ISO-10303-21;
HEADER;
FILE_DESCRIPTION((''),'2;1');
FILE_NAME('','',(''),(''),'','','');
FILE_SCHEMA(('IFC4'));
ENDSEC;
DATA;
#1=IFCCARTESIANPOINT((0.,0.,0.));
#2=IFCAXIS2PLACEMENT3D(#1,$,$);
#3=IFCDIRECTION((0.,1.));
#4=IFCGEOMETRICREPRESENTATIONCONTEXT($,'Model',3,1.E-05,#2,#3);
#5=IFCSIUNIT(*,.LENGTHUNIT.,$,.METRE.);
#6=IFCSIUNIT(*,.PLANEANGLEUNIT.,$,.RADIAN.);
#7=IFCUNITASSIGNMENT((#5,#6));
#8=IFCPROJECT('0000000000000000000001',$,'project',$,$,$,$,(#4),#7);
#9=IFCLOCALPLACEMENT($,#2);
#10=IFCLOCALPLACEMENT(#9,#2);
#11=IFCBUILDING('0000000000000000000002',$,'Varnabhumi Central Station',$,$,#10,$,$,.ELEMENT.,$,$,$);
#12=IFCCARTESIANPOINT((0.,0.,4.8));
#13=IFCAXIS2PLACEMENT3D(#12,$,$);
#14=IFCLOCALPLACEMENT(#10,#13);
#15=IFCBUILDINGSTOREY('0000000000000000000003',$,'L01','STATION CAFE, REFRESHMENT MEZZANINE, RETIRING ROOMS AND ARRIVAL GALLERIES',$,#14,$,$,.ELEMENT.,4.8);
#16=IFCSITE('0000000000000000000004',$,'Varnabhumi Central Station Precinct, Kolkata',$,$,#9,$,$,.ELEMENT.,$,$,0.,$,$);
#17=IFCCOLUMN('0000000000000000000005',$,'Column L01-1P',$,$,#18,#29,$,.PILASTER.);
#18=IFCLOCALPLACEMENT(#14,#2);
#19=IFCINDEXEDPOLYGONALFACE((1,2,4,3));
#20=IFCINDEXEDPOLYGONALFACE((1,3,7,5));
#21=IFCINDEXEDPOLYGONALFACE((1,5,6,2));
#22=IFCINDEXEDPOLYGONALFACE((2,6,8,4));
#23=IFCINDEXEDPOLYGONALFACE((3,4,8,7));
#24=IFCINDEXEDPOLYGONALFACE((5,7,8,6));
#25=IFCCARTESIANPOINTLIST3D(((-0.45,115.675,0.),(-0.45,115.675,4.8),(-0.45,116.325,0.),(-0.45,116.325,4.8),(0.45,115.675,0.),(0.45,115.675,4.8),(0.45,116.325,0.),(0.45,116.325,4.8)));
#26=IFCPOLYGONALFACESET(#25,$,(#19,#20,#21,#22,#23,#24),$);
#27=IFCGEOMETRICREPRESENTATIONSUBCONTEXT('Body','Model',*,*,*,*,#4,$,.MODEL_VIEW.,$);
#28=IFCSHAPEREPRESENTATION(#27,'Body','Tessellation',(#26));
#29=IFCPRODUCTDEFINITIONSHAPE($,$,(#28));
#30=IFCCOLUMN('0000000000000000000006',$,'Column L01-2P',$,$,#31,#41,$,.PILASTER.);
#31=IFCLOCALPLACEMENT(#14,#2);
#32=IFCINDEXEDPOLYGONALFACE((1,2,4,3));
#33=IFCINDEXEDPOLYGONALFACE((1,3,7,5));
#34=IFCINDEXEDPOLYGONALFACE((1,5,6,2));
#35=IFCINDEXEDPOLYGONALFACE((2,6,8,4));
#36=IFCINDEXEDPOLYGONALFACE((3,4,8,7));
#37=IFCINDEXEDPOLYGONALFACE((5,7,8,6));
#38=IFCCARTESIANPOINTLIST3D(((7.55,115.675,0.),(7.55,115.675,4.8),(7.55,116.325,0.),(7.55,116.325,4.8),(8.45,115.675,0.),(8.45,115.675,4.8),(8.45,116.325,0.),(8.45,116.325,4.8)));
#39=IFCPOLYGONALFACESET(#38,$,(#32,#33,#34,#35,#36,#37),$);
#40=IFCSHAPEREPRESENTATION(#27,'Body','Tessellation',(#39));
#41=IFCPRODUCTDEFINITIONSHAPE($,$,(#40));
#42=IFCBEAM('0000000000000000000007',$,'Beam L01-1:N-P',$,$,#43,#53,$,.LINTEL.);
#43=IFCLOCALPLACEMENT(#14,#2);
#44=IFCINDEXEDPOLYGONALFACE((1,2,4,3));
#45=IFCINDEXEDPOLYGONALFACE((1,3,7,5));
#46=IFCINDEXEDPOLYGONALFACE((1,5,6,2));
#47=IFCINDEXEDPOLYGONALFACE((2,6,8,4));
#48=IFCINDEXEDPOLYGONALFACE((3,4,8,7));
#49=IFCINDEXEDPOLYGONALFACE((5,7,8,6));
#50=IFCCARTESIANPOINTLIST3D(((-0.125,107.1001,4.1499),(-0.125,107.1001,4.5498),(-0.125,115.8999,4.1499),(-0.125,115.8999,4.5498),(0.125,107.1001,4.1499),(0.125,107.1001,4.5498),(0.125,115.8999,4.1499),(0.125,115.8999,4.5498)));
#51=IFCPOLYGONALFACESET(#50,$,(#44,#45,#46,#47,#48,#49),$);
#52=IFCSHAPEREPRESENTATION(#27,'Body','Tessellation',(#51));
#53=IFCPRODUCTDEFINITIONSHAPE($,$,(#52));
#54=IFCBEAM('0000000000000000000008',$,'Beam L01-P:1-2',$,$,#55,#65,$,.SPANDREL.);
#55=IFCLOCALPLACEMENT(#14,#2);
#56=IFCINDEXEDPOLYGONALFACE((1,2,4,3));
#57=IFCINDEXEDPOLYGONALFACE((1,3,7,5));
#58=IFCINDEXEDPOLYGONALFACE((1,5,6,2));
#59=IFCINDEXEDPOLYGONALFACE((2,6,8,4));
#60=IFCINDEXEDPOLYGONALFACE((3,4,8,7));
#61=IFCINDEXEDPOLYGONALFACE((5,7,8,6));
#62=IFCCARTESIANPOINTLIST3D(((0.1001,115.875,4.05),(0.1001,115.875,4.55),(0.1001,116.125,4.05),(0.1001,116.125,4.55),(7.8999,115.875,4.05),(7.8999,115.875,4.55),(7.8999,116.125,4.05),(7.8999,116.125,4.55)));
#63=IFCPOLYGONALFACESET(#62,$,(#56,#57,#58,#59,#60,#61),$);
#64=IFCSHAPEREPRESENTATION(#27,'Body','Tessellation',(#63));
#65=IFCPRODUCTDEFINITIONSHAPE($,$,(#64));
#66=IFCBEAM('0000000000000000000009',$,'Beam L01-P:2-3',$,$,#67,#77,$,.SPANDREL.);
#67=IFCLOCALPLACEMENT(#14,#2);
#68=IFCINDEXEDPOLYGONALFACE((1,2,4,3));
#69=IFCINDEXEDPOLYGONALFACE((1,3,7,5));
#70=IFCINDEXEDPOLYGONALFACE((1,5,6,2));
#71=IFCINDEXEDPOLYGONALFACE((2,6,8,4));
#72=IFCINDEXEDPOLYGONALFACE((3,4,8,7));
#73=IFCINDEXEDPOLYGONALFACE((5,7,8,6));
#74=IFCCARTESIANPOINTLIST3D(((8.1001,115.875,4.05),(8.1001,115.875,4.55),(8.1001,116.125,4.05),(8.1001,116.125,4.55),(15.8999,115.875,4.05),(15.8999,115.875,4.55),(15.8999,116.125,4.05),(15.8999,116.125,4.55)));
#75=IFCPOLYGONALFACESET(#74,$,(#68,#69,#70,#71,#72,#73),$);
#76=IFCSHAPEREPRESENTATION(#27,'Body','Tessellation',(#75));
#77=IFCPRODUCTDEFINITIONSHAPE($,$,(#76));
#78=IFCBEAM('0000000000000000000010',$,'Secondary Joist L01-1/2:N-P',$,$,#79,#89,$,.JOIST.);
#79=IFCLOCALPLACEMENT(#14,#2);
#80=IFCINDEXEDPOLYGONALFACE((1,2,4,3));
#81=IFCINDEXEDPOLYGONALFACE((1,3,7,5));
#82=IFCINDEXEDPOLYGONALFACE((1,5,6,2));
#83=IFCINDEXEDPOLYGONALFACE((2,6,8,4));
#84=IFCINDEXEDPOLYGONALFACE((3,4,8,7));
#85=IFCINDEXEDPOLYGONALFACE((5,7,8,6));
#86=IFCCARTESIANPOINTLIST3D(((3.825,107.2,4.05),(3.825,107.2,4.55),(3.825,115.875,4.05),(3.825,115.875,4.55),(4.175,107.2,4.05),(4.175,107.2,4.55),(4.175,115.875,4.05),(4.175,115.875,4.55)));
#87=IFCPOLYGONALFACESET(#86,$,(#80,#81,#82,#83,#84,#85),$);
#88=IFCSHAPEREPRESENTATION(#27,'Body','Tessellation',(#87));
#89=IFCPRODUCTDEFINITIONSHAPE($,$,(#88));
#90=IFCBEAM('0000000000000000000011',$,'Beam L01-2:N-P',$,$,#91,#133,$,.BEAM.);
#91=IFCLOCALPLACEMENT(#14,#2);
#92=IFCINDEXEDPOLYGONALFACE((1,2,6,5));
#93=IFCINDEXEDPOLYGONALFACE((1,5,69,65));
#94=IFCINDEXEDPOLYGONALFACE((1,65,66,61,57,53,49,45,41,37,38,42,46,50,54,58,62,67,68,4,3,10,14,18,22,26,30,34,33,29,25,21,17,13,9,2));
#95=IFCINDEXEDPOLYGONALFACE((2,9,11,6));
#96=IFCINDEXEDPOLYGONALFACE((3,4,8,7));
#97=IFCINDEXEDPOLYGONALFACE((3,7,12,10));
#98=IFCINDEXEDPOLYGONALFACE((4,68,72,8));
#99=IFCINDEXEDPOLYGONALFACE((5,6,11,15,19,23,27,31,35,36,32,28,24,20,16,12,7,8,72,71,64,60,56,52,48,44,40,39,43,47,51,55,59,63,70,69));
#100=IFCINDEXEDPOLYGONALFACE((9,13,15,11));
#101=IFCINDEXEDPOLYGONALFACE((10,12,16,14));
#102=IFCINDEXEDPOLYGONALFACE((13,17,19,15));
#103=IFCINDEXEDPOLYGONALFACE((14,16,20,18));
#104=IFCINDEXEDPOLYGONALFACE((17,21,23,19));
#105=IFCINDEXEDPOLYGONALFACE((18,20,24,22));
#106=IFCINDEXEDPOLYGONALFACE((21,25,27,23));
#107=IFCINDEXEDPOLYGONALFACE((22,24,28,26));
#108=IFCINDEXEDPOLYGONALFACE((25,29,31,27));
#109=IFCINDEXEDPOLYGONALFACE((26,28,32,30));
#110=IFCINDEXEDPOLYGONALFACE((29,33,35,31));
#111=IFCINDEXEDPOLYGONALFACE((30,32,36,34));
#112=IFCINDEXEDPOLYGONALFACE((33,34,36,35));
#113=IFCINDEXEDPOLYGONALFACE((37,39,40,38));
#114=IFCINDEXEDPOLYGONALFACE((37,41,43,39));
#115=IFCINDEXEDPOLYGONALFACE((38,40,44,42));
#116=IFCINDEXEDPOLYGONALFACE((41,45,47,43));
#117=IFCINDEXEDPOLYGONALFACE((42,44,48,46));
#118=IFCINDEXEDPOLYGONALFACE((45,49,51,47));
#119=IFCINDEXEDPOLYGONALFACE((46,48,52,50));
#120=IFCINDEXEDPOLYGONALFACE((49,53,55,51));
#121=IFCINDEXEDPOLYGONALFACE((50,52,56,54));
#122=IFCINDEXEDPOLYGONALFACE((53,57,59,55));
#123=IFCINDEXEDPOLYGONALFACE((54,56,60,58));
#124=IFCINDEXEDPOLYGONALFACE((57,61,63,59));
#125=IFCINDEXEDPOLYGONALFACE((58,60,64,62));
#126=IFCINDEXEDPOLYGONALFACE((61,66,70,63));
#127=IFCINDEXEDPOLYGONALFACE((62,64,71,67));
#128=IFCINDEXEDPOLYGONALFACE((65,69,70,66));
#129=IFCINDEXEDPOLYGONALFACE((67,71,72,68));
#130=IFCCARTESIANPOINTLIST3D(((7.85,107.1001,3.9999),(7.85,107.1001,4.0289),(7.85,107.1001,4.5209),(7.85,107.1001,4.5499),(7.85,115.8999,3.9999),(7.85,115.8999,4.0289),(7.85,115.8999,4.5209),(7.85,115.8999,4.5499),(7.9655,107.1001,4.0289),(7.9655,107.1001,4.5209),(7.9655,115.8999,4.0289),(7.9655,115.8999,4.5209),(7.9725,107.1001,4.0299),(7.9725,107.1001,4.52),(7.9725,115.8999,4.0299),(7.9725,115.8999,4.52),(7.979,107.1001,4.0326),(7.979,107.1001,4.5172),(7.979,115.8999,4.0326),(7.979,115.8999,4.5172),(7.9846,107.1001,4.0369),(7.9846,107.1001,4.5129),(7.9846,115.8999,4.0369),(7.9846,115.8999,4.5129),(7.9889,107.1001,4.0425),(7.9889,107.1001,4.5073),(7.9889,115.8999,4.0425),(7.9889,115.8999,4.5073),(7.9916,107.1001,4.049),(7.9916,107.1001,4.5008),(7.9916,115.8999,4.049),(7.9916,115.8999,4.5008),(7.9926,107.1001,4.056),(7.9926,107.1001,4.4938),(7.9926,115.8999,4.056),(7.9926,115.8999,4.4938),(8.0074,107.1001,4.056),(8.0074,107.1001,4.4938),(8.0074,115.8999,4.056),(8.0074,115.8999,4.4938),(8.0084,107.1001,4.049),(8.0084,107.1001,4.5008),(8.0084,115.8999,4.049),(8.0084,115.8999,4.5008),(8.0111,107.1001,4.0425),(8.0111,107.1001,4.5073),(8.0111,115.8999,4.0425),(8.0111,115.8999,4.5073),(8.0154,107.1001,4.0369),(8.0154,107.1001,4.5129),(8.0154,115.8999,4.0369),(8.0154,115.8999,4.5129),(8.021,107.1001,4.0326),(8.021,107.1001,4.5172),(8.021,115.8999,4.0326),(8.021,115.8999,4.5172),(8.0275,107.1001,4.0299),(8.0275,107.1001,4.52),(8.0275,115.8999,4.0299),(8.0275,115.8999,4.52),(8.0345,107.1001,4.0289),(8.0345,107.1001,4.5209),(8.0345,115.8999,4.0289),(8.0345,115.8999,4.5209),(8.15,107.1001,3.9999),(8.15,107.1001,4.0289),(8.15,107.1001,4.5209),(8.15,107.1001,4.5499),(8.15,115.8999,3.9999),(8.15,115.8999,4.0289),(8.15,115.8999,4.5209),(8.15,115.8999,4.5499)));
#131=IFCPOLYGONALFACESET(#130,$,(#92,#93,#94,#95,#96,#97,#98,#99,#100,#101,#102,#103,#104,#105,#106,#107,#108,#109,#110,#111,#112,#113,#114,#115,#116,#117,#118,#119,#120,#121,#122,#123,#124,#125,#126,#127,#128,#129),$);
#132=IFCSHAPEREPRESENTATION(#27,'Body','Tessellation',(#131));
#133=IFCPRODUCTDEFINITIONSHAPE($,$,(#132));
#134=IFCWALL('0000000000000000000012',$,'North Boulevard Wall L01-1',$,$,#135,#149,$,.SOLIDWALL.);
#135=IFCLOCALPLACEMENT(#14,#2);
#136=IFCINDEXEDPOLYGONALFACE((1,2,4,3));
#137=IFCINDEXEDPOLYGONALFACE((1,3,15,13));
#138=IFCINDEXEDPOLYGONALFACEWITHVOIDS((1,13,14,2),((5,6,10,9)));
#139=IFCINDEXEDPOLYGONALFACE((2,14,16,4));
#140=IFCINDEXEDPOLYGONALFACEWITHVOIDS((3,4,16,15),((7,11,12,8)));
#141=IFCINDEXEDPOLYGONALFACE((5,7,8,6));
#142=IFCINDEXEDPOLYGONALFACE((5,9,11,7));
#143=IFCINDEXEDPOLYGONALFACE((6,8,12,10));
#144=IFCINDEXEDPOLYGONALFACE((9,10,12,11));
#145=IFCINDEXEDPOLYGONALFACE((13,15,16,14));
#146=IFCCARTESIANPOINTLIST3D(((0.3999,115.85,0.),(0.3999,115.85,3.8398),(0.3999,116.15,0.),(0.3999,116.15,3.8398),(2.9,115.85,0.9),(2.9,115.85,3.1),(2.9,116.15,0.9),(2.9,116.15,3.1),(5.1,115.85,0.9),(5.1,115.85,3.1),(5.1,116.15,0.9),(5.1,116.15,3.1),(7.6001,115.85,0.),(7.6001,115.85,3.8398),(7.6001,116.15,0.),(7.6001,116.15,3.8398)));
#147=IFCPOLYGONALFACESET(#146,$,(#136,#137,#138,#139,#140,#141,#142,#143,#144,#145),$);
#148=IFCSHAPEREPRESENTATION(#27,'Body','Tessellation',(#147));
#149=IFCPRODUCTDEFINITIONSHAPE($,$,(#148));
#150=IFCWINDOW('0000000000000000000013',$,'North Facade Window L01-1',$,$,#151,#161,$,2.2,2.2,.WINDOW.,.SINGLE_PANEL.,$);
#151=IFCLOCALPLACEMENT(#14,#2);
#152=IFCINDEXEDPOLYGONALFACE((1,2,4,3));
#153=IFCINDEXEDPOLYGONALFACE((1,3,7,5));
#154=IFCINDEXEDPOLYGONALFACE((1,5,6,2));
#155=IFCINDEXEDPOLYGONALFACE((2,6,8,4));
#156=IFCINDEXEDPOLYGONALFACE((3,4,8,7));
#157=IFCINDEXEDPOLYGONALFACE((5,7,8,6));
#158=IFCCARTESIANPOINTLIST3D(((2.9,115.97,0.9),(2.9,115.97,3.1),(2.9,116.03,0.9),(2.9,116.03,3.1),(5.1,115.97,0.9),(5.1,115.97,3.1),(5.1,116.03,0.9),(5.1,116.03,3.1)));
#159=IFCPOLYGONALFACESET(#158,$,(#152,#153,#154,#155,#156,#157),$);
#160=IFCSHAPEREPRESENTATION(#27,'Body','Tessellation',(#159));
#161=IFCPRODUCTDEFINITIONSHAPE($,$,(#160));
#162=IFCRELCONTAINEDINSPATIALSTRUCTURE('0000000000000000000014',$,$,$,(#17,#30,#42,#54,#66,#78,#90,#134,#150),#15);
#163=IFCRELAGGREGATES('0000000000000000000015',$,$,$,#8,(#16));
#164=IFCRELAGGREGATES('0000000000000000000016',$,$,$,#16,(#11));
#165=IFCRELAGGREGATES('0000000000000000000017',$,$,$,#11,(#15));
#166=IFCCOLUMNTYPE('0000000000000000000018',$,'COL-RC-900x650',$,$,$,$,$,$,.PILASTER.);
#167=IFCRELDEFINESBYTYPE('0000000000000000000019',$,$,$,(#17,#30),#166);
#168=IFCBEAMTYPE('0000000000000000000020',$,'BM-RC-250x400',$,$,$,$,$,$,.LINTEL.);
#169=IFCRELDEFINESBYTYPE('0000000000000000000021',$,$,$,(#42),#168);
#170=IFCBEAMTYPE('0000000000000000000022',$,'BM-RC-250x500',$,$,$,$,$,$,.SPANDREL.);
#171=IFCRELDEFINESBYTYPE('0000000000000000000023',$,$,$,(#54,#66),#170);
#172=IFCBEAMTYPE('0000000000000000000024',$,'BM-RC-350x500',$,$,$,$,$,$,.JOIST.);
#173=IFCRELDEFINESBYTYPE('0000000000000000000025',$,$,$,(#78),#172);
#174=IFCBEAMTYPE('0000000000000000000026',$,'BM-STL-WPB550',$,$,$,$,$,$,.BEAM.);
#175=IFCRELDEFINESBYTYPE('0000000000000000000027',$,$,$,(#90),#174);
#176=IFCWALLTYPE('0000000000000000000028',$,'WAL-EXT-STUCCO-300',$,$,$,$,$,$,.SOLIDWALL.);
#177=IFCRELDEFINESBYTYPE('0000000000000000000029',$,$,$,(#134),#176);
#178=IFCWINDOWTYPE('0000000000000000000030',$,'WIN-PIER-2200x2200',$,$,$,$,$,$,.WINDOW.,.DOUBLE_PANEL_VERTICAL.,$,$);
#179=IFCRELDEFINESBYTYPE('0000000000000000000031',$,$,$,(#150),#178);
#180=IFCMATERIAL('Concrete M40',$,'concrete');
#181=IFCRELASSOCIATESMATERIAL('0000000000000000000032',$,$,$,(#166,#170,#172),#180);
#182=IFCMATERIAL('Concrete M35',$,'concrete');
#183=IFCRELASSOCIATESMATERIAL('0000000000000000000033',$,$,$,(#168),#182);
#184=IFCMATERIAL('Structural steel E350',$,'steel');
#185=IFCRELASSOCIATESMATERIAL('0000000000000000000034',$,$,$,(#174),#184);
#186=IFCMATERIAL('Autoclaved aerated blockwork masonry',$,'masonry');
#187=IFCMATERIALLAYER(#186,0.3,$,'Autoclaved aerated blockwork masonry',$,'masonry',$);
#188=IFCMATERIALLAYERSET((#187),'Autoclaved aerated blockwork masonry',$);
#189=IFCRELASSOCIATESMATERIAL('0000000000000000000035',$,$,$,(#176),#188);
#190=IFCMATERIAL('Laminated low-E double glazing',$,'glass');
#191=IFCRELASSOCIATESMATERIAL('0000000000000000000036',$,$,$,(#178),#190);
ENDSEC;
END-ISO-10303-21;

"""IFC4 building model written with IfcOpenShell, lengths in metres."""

from ifc_helpers import new_model, si_unit, direction, frame, frame_2d, origin, origin_2d, place, context, subcontext, project, spatial, rectangle, i_section, extrude, material, layer, layer_set, material_profile, profile_set, type_object, element, fill, save


model = new_model("IFC4")

# Units and contexts
model_context = context("Model", 3, precision=1e-05, world=origin(), true_north=direction((0.0, 1.0)))
body_context = subcontext(model_context, "Body", "Model", "MODEL_VIEW")
ifc_project = project(units=[si_unit("LENGTHUNIT", "METRE"), si_unit("PLANEANGLEUNIT", "RADIAN")], contexts=[model_context])

# Site, building, storey
site_placement = place(None, origin())
site = spatial("IfcSite", under=ifc_project, at=site_placement, Name="Varnabhumi Central Station Precinct, Kolkata", CompositionType="ELEMENT", RefElevation=0.0)
building_placement = place(site_placement, origin())
building = spatial("IfcBuilding", under=site, at=building_placement, Name="Varnabhumi Central Station", CompositionType="ELEMENT")
storey_placement = place(building_placement, frame((0.0, 0.0, 4.8)))
storey = spatial("IfcBuildingStorey", under=building, at=storey_placement, Name="L01", Description="STATION CAFE, REFRESHMENT MEZZANINE, RETIRING ROOMS AND ARRIVAL GALLERIES", CompositionType="ELEMENT", Elevation=4.8)

# Columns
ifc_material_1 = material(Name="Concrete M40", Category="concrete")
ifc_material_profile_1 = material_profile(ifc_material_1, rectangle(XDim=0.8999, YDim=0.6499, at=origin_2d()), Name="Concrete M40", Category="concrete")
ifc_profile_set_1 = profile_set([ifc_material_profile_1], Name="Concrete M40")
column_type = type_object("IfcColumnType", Name="COL-RC-900x650", PredefinedType="PILASTER", material=ifc_profile_set_1)
for number, where, z_axis, x_axis, name in (
    (1, (0.0, 116.0, 0.0), (0.0, 0.0, 1.0), (1.0, 0.0, 0.0), "Column L01-1P"),
    (2, (8.0, 116.0, 0.0), (0.0, 0.0, 1.0), (1.0, 0.0, 0.0), "Column L01-2P"),
):
    element("IfcColumn", number, at=place(storey_placement, frame(where, z_axis=z_axis, x_axis=x_axis)), inside=storey, type_object=column_type, Name=name, PredefinedType="PILASTER", context=body_context, shape_type="SweptSolid", body=[
        extrude(rectangle(XDim=0.8999, YDim=0.6499, at=origin_2d()), origin(), (0.0, 0.0, 1.0), 4.8),
    ])

# Beams
ifc_material_2 = material(Name="Concrete M35", Category="concrete")
ifc_material_profile_2 = material_profile(ifc_material_2, rectangle(XDim=0.25, YDim=0.3999, at=origin_2d()), Name="Concrete M35", Category="concrete")
ifc_profile_set_2 = profile_set([ifc_material_profile_2], Name="Concrete M35")
beam_type_1 = type_object("IfcBeamType", Name="BM-RC-250x400", PredefinedType="LINTEL", material=ifc_profile_set_2)
beam_1_placement = place(storey_placement, frame((0.0, 107.1001, 4.3499), z_axis=(0.0, 1.0, 0.0), x_axis=(-1.0, 0.0, 0.0)))
element("IfcBeam", 3, at=beam_1_placement, inside=storey, type_object=beam_type_1, Name="Beam L01-1:N-P", PredefinedType="LINTEL", context=body_context, shape_type="SweptSolid", body=[
    extrude(rectangle(XDim=0.25, YDim=0.3999, at=origin_2d()), origin(), (0.0, 0.0, 1.0), 8.7998),
])
ifc_material_profile_3 = material_profile(ifc_material_1, rectangle(XDim=0.25, YDim=0.5, at=origin_2d()), Name="Concrete M40", Category="concrete")
ifc_profile_set_3 = profile_set([ifc_material_profile_3], Name="Concrete M40")
beam_type_2 = type_object("IfcBeamType", Name="BM-RC-250x500", PredefinedType="SPANDREL", material=ifc_profile_set_3)
for number, where, z_axis, x_axis, name in (
    (4, (0.1001, 116.0, 4.3), (1.0, 0.0, 0.0), (0.0, 1.0, 0.0), "Beam L01-P:1-2"),
    (5, (8.1001, 116.0, 4.3), (1.0, 0.0, 0.0), (0.0, 1.0, 0.0), "Beam L01-P:2-3"),
):
    element("IfcBeam", number, at=place(storey_placement, frame(where, z_axis=z_axis, x_axis=x_axis)), inside=storey, type_object=beam_type_2, Name=name, PredefinedType="SPANDREL", context=body_context, shape_type="SweptSolid", body=[
        extrude(rectangle(XDim=0.25, YDim=0.5, at=origin_2d()), origin(), (0.0, 0.0, 1.0), 7.7998),
    ])
ifc_material_profile_4 = material_profile(ifc_material_1, rectangle(XDim=0.3501, YDim=0.5, at=origin_2d()), Name="Concrete M40", Category="concrete")
ifc_profile_set_4 = profile_set([ifc_material_profile_4], Name="Concrete M40")
beam_type_3 = type_object("IfcBeamType", Name="BM-RC-350x500", PredefinedType="JOIST", material=ifc_profile_set_4)
beam_2_placement = place(storey_placement, frame((4.0, 107.2, 4.3), z_axis=(0.0, 1.0, 0.0), x_axis=(-1.0, 0.0, 0.0)))
element("IfcBeam", 6, at=beam_2_placement, inside=storey, type_object=beam_type_3, Name="Secondary Joist L01-1/2:N-P", PredefinedType="JOIST", context=body_context, shape_type="SweptSolid", body=[
    extrude(rectangle(XDim=0.3501, YDim=0.5, at=origin_2d()), origin(), (0.0, 0.0, 1.0), 8.675),
])
ifc_material_3 = material(Name="Structural steel E350", Category="steel")
ifc_material_profile_5 = material_profile(ifc_material_3, i_section(OverallWidth=0.3, OverallDepth=0.55, WebThickness=0.0149, FlangeThickness=0.0291, FilletRadius=0.0271, at=origin_2d()), Name="Structural steel E350", Category="steel")
ifc_profile_set_5 = profile_set([ifc_material_profile_5], Name="Structural steel E350")
beam_type_4 = type_object("IfcBeamType", Name="BM-STL-WPB550", PredefinedType="BEAM", material=ifc_profile_set_5)
beam_3_placement = place(storey_placement, frame((8.0, 107.1001, 4.2749), z_axis=(0.0, 1.0, 0.0), x_axis=(-1.0, 0.0, 0.0)))
element("IfcBeam", 7, at=beam_3_placement, inside=storey, type_object=beam_type_4, Name="Beam L01-2:N-P", PredefinedType="BEAM", context=body_context, shape_type="SweptSolid", body=[
    extrude(i_section(OverallWidth=0.3, OverallDepth=0.55, WebThickness=0.0149, FlangeThickness=0.0291, FilletRadius=0.0271, at=origin_2d()), origin(), (0.0, 0.0, 1.0), 8.7998),
])

# Wall, opening, window
ifc_material_4 = material(Name="Autoclaved aerated blockwork masonry", Category="masonry")
ifc_layer_1 = layer(ifc_material_4, 0.3, Name="Autoclaved aerated blockwork masonry", Category="masonry")
ifc_layer_set_1 = layer_set([ifc_layer_1], Name="Autoclaved aerated blockwork masonry")
wall_type = type_object("IfcWallType", Name="WAL-EXT-STUCCO-300", PredefinedType="SOLIDWALL", material=ifc_layer_set_1)
wall_1_placement = place(storey_placement, frame((0.3999, 116.0, 0.0), z_axis=(0.0, 0.0, 1.0), x_axis=(1.0, 0.0, 0.0)))
wall_1 = element("IfcWall", 8, at=wall_1_placement, inside=storey, type_object=wall_type, Name="North Boulevard Wall L01-1", PredefinedType="SOLIDWALL", context=body_context, shape_type="SweptSolid", body=[
    extrude(rectangle(XDim=7.2002, YDim=0.3, at=frame_2d((3.6001, 0.0))), origin(), (0.0, 0.0, 1.0), 3.8398),
])
opening_1_placement = place(wall_1_placement, frame((2.5, 0.0, 0.8999)))
opening_1 = element("IfcOpeningElement", 9, at=opening_1_placement, cuts=wall_1, PredefinedType="OPENING", context=body_context, shape_type="SweptSolid", body=[
    extrude(rectangle(XDim=2.2, YDim=2.2, at=frame_2d((1.1001, 1.1001))), frame((0.0, 0.1599, 0.0), z_axis=(0.0, -1.0, 0.0), x_axis=(1.0, 0.0, 0.0)), (0.0, 0.0, 1.0), 0.3201),
])
ifc_material_5 = material(Name="Laminated low-E double glazing", Category="glass")
window_type_1 = type_object("IfcWindowType", Name="WIN-PIER-2200x2200", PartitioningType="DOUBLE_PANEL_VERTICAL", PredefinedType="WINDOW", material=ifc_material_5)
window_1_placement = place(opening_1_placement, origin())
window_1 = element("IfcWindow", 10, at=window_1_placement, inside=storey, type_object=window_type_1, Name="North Facade Window L01-1", OverallHeight=2.2, OverallWidth=2.2, PartitioningType="SINGLE_PANEL", PredefinedType="WINDOW", context=body_context, shape_type="SweptSolid", body=[
    extrude(rectangle(XDim=2.2, YDim=2.2, at=frame_2d((1.1001, 1.1001))), frame((0.0, 0.03, 0.0), z_axis=(0.0, -1.0, 0.0), x_axis=(1.0, 0.0, 0.0)), (0.0, 0.0, 1.0), 0.0601),
])
fill(opening_1, window_1)

save(model, "model.ifc")
